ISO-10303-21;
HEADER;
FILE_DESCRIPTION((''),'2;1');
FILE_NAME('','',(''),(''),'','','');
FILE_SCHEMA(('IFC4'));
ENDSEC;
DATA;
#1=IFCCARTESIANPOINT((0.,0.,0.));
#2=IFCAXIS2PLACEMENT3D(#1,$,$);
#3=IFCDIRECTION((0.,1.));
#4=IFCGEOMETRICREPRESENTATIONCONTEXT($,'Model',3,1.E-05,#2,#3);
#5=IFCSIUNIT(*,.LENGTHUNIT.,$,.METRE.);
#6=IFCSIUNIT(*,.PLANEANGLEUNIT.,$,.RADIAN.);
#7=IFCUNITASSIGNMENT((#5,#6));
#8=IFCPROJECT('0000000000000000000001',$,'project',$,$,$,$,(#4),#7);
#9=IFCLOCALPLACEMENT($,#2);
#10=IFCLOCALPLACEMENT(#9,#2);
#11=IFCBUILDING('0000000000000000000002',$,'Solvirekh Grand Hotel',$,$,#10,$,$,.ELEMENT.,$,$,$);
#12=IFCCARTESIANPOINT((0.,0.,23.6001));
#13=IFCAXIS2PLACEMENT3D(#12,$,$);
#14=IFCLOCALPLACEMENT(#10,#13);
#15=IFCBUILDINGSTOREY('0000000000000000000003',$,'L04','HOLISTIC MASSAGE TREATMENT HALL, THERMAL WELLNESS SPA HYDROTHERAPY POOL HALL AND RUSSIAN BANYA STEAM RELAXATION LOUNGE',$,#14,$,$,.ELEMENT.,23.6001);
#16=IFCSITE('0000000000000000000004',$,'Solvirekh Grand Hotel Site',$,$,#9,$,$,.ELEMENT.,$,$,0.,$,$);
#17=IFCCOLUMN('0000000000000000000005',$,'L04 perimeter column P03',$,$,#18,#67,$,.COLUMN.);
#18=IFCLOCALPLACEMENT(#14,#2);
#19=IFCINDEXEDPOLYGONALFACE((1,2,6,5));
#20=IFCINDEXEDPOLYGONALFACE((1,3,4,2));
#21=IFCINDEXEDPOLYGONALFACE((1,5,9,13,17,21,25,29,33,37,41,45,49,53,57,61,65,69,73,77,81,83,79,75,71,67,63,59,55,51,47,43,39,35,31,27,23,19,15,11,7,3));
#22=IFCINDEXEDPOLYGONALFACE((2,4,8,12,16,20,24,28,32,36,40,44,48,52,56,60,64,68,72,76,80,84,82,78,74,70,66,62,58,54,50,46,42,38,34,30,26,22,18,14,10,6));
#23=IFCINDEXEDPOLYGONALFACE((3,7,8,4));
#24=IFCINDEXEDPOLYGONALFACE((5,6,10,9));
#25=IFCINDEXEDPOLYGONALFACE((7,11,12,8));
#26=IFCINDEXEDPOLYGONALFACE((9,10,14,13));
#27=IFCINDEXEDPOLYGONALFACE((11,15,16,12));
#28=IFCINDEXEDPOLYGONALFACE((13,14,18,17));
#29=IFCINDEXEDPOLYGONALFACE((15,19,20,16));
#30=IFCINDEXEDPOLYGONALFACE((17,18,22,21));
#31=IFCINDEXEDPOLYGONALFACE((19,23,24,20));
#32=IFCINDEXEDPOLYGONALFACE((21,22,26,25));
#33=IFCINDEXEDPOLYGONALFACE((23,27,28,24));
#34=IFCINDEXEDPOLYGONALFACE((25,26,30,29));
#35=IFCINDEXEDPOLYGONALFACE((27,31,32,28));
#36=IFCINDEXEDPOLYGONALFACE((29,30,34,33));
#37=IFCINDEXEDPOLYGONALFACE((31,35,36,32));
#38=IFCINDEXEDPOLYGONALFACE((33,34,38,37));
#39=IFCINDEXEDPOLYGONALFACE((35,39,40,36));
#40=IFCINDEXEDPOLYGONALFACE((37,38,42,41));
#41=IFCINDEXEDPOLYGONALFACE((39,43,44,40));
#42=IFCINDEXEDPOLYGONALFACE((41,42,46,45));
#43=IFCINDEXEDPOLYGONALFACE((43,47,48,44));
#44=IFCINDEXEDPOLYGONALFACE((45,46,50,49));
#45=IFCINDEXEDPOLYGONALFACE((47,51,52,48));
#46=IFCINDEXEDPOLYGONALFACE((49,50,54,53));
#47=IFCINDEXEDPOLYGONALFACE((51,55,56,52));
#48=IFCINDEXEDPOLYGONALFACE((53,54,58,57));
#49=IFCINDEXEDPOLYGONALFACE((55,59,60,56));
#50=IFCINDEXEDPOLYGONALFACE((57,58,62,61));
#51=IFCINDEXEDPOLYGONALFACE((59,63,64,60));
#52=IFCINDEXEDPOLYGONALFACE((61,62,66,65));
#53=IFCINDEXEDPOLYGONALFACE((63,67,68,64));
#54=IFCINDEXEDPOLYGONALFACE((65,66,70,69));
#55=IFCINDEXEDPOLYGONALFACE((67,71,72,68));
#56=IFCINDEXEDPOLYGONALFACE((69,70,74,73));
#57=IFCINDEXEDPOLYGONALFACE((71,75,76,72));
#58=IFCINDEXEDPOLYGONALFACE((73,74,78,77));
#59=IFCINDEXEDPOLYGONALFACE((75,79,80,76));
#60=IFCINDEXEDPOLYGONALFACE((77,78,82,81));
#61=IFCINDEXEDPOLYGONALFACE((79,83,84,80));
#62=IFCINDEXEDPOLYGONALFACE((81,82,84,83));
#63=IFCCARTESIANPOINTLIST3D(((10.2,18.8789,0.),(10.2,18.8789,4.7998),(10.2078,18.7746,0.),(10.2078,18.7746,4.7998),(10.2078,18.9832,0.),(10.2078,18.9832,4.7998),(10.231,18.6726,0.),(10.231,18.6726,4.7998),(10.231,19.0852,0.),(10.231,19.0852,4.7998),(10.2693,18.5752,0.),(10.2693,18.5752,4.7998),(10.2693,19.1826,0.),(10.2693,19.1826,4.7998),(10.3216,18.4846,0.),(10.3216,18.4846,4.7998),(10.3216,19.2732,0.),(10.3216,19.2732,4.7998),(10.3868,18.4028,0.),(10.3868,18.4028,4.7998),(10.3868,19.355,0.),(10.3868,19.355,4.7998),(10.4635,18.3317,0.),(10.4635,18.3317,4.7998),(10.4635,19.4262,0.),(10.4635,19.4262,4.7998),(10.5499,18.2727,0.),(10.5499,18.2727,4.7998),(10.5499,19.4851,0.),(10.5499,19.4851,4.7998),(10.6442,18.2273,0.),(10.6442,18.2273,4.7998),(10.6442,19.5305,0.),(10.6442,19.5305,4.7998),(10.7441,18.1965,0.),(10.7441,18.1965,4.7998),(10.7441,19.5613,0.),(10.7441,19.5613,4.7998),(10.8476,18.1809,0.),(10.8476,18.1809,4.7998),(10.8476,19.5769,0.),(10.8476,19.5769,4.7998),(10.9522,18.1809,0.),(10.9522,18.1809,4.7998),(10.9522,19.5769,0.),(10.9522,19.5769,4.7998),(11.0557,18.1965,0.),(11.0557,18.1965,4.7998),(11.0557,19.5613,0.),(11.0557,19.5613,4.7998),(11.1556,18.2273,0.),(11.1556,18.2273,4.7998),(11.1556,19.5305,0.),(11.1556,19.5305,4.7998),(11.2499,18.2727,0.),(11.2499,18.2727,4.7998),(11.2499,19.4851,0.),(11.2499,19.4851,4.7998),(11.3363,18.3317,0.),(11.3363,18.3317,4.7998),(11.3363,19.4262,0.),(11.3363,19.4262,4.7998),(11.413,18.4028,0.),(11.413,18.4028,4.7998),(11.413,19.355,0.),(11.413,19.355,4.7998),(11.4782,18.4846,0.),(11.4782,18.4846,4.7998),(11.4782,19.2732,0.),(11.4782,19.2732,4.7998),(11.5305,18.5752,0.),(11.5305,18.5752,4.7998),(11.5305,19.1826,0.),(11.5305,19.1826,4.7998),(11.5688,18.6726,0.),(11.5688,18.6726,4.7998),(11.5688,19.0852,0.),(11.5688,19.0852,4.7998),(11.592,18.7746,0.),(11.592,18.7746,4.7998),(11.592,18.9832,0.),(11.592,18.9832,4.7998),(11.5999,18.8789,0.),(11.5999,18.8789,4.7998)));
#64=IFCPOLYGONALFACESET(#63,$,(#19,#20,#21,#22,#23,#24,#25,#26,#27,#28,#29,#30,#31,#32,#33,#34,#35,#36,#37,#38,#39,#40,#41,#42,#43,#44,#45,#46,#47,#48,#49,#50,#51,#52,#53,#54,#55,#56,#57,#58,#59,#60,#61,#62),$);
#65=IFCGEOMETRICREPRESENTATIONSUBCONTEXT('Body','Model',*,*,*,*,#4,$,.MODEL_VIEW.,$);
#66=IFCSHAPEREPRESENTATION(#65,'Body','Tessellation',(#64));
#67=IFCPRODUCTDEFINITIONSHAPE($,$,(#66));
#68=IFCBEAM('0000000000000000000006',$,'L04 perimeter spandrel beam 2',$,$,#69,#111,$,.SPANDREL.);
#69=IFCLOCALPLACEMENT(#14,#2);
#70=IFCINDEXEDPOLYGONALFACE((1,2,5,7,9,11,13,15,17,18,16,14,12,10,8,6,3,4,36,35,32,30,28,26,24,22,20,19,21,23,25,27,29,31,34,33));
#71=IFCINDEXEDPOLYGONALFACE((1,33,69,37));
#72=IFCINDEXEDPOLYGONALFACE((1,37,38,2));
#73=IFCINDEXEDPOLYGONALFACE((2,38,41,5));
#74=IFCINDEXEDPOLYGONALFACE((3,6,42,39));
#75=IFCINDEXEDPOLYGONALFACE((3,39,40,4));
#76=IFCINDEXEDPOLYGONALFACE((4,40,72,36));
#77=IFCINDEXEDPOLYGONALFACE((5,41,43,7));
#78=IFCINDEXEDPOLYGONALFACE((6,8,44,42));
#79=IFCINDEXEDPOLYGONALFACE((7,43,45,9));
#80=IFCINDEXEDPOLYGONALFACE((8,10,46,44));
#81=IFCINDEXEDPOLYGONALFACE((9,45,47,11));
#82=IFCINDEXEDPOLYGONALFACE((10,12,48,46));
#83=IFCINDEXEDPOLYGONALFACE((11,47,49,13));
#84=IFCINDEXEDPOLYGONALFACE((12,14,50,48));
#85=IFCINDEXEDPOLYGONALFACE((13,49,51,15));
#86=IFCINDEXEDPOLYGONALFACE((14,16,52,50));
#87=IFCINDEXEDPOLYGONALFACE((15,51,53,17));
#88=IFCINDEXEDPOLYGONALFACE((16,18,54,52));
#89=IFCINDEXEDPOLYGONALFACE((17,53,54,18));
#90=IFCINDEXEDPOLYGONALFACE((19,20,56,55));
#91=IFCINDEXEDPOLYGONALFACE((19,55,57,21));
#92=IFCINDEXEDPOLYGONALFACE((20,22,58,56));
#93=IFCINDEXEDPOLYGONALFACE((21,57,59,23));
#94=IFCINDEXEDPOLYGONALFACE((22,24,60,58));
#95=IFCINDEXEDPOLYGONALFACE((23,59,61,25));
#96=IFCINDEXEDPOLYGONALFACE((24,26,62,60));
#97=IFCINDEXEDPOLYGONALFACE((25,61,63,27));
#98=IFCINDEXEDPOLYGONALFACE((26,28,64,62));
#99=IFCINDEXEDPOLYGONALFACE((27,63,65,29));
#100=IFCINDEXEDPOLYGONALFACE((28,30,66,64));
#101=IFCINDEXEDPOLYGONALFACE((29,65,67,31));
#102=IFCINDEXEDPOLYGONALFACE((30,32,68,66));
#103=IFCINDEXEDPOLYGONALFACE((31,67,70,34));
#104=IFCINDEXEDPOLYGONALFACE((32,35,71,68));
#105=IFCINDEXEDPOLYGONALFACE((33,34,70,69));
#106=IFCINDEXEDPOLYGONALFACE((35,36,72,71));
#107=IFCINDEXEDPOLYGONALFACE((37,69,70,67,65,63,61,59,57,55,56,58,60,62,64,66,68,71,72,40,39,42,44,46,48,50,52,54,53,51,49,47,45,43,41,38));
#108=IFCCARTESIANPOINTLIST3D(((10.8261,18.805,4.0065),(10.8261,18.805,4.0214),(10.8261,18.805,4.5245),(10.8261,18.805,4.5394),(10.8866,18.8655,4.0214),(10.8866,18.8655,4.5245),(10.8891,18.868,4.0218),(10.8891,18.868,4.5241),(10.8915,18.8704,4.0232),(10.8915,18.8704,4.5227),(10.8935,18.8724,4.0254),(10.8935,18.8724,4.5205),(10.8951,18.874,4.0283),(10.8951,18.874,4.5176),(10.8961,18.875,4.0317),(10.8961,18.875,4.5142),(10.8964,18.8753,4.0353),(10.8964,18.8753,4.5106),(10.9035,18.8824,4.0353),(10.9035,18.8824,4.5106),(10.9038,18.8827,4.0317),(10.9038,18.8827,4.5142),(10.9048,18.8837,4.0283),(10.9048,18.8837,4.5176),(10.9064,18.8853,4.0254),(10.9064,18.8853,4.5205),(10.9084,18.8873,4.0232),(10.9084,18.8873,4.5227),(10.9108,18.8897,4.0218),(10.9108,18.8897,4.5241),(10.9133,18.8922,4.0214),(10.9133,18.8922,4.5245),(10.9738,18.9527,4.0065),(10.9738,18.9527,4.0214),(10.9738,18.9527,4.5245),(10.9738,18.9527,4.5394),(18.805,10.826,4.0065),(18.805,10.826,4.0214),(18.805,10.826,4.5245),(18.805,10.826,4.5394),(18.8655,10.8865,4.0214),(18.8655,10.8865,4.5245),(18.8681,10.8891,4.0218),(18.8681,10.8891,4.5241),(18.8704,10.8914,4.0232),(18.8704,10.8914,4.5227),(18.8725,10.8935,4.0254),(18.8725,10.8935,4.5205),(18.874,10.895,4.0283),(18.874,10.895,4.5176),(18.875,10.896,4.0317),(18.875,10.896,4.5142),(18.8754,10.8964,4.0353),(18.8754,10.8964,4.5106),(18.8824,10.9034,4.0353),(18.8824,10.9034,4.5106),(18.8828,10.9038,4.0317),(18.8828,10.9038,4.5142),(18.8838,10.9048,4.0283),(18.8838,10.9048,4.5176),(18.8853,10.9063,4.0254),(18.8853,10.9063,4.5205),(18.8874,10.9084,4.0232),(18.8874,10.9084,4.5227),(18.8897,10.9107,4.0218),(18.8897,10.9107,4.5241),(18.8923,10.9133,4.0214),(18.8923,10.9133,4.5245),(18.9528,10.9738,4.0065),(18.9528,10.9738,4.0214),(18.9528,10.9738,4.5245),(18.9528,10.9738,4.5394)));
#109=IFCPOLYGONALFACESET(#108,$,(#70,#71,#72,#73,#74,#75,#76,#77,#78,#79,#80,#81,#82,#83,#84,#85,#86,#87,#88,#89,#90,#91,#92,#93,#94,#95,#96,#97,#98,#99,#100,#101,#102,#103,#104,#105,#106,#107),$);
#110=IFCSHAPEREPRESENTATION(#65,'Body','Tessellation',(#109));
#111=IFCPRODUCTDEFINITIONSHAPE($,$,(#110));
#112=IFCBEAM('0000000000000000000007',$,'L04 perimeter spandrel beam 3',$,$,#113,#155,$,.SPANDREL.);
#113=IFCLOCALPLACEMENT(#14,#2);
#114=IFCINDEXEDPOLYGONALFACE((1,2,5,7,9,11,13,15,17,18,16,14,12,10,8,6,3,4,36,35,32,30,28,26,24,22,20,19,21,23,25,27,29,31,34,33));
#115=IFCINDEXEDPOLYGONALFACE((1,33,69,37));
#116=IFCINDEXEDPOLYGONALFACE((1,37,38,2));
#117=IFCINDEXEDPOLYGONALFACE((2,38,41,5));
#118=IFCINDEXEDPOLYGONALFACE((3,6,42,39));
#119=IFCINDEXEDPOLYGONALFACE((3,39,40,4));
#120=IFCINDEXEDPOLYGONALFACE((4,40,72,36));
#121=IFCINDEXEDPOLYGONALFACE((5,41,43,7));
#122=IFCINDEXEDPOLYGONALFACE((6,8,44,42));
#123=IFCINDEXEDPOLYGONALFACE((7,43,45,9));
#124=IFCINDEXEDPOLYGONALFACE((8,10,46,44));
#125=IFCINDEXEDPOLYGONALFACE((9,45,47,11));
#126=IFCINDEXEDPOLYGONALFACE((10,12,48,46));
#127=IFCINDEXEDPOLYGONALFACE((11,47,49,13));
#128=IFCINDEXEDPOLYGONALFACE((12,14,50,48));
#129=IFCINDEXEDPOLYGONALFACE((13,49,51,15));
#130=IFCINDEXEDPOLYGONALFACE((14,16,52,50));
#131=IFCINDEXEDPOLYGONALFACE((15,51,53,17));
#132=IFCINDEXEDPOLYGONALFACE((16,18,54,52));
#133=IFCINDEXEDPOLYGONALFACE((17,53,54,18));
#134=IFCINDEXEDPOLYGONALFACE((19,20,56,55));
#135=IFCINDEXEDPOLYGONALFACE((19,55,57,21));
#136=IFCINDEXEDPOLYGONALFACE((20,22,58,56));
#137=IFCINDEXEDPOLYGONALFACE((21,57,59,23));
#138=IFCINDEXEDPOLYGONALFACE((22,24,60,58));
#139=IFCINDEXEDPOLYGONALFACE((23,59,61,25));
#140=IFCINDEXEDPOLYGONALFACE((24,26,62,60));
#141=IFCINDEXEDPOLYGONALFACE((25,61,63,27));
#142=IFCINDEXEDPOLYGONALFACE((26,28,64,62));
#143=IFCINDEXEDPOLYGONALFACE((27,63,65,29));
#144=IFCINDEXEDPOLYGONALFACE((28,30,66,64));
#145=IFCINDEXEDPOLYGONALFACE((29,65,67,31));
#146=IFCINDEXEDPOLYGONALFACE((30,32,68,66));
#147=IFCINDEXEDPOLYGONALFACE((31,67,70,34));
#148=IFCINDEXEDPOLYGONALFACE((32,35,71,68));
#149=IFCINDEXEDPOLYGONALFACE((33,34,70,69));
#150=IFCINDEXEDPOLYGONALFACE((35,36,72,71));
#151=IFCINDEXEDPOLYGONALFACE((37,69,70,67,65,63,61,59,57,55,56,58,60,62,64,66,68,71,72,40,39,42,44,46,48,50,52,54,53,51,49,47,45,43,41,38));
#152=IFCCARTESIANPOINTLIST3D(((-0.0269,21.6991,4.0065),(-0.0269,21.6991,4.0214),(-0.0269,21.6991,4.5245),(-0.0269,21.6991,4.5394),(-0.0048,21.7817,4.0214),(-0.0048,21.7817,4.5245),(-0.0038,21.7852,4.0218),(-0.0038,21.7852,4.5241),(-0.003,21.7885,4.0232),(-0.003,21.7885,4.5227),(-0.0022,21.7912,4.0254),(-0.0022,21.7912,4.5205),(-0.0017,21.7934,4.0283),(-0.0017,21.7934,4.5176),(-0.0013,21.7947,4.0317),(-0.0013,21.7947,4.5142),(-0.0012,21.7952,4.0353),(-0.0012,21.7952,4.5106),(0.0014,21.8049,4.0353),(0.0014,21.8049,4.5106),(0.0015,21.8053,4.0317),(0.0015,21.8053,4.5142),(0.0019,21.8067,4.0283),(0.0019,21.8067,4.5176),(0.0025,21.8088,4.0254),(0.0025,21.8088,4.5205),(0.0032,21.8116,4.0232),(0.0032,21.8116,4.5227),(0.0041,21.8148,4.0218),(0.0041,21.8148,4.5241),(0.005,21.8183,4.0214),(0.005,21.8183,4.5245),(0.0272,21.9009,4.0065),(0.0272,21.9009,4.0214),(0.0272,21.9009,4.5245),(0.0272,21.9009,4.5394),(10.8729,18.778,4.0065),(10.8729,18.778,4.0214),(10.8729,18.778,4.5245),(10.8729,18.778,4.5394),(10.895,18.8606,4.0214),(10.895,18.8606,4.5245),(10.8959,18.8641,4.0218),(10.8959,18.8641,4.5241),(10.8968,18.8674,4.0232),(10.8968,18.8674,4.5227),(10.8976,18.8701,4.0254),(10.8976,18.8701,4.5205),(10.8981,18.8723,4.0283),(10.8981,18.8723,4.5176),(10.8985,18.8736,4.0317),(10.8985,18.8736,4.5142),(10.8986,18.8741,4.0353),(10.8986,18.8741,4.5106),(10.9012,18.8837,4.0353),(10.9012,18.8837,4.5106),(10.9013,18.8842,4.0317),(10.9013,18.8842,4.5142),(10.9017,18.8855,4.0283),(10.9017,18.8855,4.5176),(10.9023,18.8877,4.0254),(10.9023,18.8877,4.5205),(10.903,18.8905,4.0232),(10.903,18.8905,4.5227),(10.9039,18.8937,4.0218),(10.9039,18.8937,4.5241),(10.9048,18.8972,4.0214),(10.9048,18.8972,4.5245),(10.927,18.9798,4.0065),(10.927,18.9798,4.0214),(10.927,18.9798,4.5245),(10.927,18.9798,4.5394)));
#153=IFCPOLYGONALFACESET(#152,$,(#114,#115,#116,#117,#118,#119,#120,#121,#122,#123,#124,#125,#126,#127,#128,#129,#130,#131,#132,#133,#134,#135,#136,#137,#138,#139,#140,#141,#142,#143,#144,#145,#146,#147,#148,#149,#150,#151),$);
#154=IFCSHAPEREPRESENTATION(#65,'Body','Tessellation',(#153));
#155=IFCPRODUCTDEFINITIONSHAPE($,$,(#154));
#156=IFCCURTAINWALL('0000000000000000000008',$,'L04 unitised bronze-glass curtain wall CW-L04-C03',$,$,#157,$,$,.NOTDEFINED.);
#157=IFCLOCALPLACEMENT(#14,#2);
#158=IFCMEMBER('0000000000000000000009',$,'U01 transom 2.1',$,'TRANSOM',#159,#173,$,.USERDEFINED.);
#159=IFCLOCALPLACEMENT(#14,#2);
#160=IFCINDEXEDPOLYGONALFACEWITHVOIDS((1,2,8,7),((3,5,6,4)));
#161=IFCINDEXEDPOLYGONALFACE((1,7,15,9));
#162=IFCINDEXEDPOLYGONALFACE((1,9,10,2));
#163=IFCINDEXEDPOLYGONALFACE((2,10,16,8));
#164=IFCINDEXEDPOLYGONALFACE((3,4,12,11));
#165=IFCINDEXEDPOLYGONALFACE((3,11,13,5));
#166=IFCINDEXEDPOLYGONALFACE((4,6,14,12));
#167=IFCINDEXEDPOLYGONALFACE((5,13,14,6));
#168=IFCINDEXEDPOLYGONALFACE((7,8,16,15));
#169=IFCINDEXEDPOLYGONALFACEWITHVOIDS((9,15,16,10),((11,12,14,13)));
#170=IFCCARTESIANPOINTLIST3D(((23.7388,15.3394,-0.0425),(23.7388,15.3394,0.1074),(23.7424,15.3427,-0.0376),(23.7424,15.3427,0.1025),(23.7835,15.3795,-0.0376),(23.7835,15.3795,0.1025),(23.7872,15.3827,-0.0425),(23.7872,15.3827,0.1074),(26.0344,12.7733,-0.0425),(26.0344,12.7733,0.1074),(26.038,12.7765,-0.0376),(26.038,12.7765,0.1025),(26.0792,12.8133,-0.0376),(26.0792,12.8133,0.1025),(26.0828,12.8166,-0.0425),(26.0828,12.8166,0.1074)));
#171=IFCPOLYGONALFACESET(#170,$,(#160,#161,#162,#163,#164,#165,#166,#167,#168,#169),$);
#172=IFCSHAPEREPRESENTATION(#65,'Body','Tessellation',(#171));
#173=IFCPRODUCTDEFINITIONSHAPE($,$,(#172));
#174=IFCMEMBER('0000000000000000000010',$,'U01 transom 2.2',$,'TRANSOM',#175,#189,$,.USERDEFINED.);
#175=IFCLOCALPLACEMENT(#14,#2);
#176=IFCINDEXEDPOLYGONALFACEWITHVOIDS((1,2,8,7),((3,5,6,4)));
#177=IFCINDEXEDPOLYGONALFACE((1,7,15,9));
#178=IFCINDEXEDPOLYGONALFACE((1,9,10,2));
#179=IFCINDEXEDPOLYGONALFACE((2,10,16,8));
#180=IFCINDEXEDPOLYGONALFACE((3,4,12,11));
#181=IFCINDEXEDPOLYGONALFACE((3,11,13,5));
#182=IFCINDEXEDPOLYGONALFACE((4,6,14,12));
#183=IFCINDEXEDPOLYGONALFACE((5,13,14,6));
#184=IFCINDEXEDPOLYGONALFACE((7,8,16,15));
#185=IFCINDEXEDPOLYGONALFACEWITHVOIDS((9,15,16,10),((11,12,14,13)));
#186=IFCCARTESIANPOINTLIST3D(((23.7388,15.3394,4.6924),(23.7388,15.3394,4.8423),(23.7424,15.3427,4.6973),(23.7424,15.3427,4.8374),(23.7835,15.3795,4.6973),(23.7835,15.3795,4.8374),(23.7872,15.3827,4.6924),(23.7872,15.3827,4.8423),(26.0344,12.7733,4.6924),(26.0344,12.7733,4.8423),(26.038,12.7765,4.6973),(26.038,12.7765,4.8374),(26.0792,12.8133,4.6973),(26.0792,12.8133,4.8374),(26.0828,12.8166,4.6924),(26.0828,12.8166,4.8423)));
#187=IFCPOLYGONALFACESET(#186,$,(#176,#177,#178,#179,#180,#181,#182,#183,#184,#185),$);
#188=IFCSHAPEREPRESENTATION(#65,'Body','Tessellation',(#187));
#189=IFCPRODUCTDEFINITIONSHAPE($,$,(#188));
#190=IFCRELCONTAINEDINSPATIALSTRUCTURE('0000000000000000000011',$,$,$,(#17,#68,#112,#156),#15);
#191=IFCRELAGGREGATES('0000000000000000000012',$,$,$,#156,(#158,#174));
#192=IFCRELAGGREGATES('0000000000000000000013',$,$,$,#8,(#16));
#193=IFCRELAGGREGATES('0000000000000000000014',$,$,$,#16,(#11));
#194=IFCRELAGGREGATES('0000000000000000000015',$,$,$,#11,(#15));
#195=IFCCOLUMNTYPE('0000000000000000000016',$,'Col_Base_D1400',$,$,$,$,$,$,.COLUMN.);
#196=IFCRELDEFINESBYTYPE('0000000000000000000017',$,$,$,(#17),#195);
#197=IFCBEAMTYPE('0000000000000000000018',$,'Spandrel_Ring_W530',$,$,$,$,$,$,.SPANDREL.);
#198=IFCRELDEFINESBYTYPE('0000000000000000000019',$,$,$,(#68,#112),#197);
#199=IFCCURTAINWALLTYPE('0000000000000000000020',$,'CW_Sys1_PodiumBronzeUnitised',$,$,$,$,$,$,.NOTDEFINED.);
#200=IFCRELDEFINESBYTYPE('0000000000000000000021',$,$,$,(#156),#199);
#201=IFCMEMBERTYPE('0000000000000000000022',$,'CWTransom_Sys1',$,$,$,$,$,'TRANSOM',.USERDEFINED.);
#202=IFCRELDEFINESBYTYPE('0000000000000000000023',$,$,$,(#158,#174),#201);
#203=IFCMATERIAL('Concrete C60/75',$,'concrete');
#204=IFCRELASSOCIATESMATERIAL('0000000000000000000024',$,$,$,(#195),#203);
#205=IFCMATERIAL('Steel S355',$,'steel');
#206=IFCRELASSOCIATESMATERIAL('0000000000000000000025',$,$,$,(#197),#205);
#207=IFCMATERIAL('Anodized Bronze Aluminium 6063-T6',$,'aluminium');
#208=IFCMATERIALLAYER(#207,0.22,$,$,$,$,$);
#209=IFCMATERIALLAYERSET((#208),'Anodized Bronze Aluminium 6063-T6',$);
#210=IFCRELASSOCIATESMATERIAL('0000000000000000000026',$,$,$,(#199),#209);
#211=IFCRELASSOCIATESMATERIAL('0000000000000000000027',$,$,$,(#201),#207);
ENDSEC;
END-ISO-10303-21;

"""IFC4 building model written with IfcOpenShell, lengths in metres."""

from ifc_helpers import new_model, si_unit, direction, frame, origin, origin_2d, place, context, subcontext, project, spatial, hollow_rectangle, circle, i_section, extrude, source, transform, mapped, material, layer, layer_set, material_profile, profile_set, type_object, element, aggregate, save


model = new_model("IFC4")

# Units and contexts
model_context = context("Model", 3, precision=1e-05, world=origin(), true_north=direction((0.0, 1.0)))
body_context = subcontext(model_context, "Body", "Model", "MODEL_VIEW")
ifc_project = project(units=[si_unit("LENGTHUNIT", "METRE"), si_unit("PLANEANGLEUNIT", "RADIAN")], contexts=[model_context])

# Site, building, storey
site_placement = place(None, origin())
site = spatial("IfcSite", under=ifc_project, at=site_placement, Name="Solvirekh Grand Hotel Site", CompositionType="ELEMENT", RefElevation=0.0)
building_placement = place(site_placement, origin())
building = spatial("IfcBuilding", under=site, at=building_placement, Name="Solvirekh Grand Hotel", CompositionType="ELEMENT")
storey_placement = place(building_placement, frame((0.0, 0.0, 23.6001)))
storey = spatial("IfcBuildingStorey", under=building, at=storey_placement, Name="L04", Description="HOLISTIC MASSAGE TREATMENT HALL, THERMAL WELLNESS SPA HYDROTHERAPY POOL HALL AND RUSSIAN BANYA STEAM RELAXATION LOUNGE", CompositionType="ELEMENT", Elevation=23.6001)

# Column
ifc_material_1 = material(Name="Concrete C60/75", Category="concrete")
ifc_material_profile_1 = material_profile(ifc_material_1, circle(Radius=0.7, at=origin_2d()), Name="RC CIRC D1400")
ifc_profile_set_1 = profile_set([ifc_material_profile_1], Name="Concrete C60/75")
column_type = type_object("IfcColumnType", Name="Col_Base_D1400", PredefinedType="COLUMN", material=ifc_profile_set_1)
column_placement = place(storey_placement, frame((10.8999, 18.8789, 0.0), z_axis=(0.0, 0.0, 1.0), x_axis=(1.0, 0.0, 0.0)))
element("IfcColumn", 1, at=column_placement, inside=storey, type_object=column_type, Name="L04 perimeter column P03", PredefinedType="COLUMN", context=body_context, shape_type="SweptSolid", body=[
    extrude(circle(Radius=0.7, at=origin_2d()), origin(), (0.0, 0.0, 1.0), 4.7998),
])

# Beams
ifc_material_2 = material(Name="Steel S355", Category="steel")
ifc_material_profile_2 = material_profile(ifc_material_2, i_section(OverallWidth=0.209, OverallDepth=0.533, WebThickness=0.01, FlangeThickness=0.0149, FilletRadius=0.0139, at=origin_2d()), Name="W530X92")
ifc_profile_set_2 = profile_set([ifc_material_profile_2], Name="Steel S355")
beam_type = type_object("IfcBeamType", Name="Spandrel_Ring_W530", PredefinedType="SPANDREL", material=ifc_profile_set_2)
beam_1_placement = place(storey_placement, frame((18.8789, 10.8999, 4.2729), z_axis=(-0.707107, 0.707107, 0.0), x_axis=(-0.707107, -0.707107, 0.0)))
element("IfcBeam", 2, at=beam_1_placement, inside=storey, type_object=beam_type, Name="L04 perimeter spandrel beam 2", PredefinedType="SPANDREL", context=body_context, shape_type="SweptSolid", body=[
    extrude(i_section(OverallWidth=0.209, OverallDepth=0.533, WebThickness=0.01, FlangeThickness=0.0149, FilletRadius=0.0139, at=origin_2d()), origin(), (0.0, 0.0, 1.0), 11.2839),
])
beam_2_placement = place(storey_placement, frame((10.8999, 18.8789, 4.2729), z_axis=(-0.965914, 0.258862, 0.0), x_axis=(-0.258862, -0.965914, 0.0)))
element("IfcBeam", 3, at=beam_2_placement, inside=storey, type_object=beam_type, Name="L04 perimeter spandrel beam 3", PredefinedType="SPANDREL", context=body_context, shape_type="SweptSolid", body=[
    extrude(i_section(OverallWidth=0.209, OverallDepth=0.533, WebThickness=0.01, FlangeThickness=0.0149, FilletRadius=0.0139, at=origin_2d()), origin(), (0.0, 0.0, 1.0), 11.2844),
])

# Curtain wall, members
ifc_material_3 = material(Name="Anodized Bronze Aluminium 6063-T6", Category="aluminium")
ifc_layer_1 = layer(ifc_material_3, 0.22)
ifc_layer_set_1 = layer_set([ifc_layer_1], Name="Anodized Bronze Aluminium 6063-T6")
curtain_wall_type = type_object("IfcCurtainWallType", Name="CW_Sys1_PodiumBronzeUnitised", PredefinedType="NOTDEFINED", material=ifc_layer_set_1)
curtain_wall_1_placement = place(storey_placement, origin())
curtain_wall_1 = element("IfcCurtainWall", 4, at=curtain_wall_1_placement, inside=storey, type_object=curtain_wall_type, Name="L04 unitised bronze-glass curtain wall CW-L04-C03", PredefinedType="NOTDEFINED")
ifc_material_profile_3 = material_profile(ifc_material_3, hollow_rectangle(XDim=0.0649, YDim=0.1499, WallThickness=0.0049, at=origin_2d()), Name="ALU RHS 150X65X5")
ifc_profile_set_3 = profile_set([ifc_material_profile_3], Name="Anodized Bronze Aluminium 6063-T6")
member_type_1 = type_object("IfcMemberType", Name="CWTransom_Sys1", ElementType="TRANSOM", PredefinedType="USERDEFINED", material=ifc_profile_set_3)
shared_shape_1 = source(origin(), body_context, "Body", "SweptSolid", [
    extrude(hollow_rectangle(XDim=0.0649, YDim=0.1499, WallThickness=0.0049, at=origin_2d()), origin(), (0.0, 0.0, 1.0), 3.4431),
])
member_1_placement = place(storey_placement, frame((26.0586, 12.7949, 0.0325), z_axis=(-0.666733, 0.745297, 0.0), x_axis=(-0.745297, -0.666733, 0.0)))
member_1 = element("IfcMember", 5, at=member_1_placement, type_object=member_type_1, Name="U01 transom 2.1", ObjectType="TRANSOM", PredefinedType="USERDEFINED", context=body_context, shape_type="MappedRepresentation", body=[
    mapped(shared_shape_1, transform((0.0, 0.0, 0.0), x_axis=(1.0, 0.0, 0.0), y_axis=(0.0, 1.0, 0.0), z_axis=(0.0, 0.0, 1.0), scale=1.0)),
])
member_2_placement = place(storey_placement, frame((26.0586, 12.7949, 4.7673), z_axis=(-0.666733, 0.745297, 0.0), x_axis=(-0.745297, -0.666733, 0.0)))
member_2 = element("IfcMember", 6, at=member_2_placement, type_object=member_type_1, Name="U01 transom 2.2", ObjectType="TRANSOM", PredefinedType="USERDEFINED", context=body_context, shape_type="MappedRepresentation", body=[
    mapped(shared_shape_1, transform((0.0, 0.0, 0.0), x_axis=(1.0, 0.0, 0.0), y_axis=(0.0, 1.0, 0.0), z_axis=(0.0, 0.0, 1.0), scale=1.0)),
])

aggregate(curtain_wall_1, [member_1, member_2])

save(model, "model.ifc")
